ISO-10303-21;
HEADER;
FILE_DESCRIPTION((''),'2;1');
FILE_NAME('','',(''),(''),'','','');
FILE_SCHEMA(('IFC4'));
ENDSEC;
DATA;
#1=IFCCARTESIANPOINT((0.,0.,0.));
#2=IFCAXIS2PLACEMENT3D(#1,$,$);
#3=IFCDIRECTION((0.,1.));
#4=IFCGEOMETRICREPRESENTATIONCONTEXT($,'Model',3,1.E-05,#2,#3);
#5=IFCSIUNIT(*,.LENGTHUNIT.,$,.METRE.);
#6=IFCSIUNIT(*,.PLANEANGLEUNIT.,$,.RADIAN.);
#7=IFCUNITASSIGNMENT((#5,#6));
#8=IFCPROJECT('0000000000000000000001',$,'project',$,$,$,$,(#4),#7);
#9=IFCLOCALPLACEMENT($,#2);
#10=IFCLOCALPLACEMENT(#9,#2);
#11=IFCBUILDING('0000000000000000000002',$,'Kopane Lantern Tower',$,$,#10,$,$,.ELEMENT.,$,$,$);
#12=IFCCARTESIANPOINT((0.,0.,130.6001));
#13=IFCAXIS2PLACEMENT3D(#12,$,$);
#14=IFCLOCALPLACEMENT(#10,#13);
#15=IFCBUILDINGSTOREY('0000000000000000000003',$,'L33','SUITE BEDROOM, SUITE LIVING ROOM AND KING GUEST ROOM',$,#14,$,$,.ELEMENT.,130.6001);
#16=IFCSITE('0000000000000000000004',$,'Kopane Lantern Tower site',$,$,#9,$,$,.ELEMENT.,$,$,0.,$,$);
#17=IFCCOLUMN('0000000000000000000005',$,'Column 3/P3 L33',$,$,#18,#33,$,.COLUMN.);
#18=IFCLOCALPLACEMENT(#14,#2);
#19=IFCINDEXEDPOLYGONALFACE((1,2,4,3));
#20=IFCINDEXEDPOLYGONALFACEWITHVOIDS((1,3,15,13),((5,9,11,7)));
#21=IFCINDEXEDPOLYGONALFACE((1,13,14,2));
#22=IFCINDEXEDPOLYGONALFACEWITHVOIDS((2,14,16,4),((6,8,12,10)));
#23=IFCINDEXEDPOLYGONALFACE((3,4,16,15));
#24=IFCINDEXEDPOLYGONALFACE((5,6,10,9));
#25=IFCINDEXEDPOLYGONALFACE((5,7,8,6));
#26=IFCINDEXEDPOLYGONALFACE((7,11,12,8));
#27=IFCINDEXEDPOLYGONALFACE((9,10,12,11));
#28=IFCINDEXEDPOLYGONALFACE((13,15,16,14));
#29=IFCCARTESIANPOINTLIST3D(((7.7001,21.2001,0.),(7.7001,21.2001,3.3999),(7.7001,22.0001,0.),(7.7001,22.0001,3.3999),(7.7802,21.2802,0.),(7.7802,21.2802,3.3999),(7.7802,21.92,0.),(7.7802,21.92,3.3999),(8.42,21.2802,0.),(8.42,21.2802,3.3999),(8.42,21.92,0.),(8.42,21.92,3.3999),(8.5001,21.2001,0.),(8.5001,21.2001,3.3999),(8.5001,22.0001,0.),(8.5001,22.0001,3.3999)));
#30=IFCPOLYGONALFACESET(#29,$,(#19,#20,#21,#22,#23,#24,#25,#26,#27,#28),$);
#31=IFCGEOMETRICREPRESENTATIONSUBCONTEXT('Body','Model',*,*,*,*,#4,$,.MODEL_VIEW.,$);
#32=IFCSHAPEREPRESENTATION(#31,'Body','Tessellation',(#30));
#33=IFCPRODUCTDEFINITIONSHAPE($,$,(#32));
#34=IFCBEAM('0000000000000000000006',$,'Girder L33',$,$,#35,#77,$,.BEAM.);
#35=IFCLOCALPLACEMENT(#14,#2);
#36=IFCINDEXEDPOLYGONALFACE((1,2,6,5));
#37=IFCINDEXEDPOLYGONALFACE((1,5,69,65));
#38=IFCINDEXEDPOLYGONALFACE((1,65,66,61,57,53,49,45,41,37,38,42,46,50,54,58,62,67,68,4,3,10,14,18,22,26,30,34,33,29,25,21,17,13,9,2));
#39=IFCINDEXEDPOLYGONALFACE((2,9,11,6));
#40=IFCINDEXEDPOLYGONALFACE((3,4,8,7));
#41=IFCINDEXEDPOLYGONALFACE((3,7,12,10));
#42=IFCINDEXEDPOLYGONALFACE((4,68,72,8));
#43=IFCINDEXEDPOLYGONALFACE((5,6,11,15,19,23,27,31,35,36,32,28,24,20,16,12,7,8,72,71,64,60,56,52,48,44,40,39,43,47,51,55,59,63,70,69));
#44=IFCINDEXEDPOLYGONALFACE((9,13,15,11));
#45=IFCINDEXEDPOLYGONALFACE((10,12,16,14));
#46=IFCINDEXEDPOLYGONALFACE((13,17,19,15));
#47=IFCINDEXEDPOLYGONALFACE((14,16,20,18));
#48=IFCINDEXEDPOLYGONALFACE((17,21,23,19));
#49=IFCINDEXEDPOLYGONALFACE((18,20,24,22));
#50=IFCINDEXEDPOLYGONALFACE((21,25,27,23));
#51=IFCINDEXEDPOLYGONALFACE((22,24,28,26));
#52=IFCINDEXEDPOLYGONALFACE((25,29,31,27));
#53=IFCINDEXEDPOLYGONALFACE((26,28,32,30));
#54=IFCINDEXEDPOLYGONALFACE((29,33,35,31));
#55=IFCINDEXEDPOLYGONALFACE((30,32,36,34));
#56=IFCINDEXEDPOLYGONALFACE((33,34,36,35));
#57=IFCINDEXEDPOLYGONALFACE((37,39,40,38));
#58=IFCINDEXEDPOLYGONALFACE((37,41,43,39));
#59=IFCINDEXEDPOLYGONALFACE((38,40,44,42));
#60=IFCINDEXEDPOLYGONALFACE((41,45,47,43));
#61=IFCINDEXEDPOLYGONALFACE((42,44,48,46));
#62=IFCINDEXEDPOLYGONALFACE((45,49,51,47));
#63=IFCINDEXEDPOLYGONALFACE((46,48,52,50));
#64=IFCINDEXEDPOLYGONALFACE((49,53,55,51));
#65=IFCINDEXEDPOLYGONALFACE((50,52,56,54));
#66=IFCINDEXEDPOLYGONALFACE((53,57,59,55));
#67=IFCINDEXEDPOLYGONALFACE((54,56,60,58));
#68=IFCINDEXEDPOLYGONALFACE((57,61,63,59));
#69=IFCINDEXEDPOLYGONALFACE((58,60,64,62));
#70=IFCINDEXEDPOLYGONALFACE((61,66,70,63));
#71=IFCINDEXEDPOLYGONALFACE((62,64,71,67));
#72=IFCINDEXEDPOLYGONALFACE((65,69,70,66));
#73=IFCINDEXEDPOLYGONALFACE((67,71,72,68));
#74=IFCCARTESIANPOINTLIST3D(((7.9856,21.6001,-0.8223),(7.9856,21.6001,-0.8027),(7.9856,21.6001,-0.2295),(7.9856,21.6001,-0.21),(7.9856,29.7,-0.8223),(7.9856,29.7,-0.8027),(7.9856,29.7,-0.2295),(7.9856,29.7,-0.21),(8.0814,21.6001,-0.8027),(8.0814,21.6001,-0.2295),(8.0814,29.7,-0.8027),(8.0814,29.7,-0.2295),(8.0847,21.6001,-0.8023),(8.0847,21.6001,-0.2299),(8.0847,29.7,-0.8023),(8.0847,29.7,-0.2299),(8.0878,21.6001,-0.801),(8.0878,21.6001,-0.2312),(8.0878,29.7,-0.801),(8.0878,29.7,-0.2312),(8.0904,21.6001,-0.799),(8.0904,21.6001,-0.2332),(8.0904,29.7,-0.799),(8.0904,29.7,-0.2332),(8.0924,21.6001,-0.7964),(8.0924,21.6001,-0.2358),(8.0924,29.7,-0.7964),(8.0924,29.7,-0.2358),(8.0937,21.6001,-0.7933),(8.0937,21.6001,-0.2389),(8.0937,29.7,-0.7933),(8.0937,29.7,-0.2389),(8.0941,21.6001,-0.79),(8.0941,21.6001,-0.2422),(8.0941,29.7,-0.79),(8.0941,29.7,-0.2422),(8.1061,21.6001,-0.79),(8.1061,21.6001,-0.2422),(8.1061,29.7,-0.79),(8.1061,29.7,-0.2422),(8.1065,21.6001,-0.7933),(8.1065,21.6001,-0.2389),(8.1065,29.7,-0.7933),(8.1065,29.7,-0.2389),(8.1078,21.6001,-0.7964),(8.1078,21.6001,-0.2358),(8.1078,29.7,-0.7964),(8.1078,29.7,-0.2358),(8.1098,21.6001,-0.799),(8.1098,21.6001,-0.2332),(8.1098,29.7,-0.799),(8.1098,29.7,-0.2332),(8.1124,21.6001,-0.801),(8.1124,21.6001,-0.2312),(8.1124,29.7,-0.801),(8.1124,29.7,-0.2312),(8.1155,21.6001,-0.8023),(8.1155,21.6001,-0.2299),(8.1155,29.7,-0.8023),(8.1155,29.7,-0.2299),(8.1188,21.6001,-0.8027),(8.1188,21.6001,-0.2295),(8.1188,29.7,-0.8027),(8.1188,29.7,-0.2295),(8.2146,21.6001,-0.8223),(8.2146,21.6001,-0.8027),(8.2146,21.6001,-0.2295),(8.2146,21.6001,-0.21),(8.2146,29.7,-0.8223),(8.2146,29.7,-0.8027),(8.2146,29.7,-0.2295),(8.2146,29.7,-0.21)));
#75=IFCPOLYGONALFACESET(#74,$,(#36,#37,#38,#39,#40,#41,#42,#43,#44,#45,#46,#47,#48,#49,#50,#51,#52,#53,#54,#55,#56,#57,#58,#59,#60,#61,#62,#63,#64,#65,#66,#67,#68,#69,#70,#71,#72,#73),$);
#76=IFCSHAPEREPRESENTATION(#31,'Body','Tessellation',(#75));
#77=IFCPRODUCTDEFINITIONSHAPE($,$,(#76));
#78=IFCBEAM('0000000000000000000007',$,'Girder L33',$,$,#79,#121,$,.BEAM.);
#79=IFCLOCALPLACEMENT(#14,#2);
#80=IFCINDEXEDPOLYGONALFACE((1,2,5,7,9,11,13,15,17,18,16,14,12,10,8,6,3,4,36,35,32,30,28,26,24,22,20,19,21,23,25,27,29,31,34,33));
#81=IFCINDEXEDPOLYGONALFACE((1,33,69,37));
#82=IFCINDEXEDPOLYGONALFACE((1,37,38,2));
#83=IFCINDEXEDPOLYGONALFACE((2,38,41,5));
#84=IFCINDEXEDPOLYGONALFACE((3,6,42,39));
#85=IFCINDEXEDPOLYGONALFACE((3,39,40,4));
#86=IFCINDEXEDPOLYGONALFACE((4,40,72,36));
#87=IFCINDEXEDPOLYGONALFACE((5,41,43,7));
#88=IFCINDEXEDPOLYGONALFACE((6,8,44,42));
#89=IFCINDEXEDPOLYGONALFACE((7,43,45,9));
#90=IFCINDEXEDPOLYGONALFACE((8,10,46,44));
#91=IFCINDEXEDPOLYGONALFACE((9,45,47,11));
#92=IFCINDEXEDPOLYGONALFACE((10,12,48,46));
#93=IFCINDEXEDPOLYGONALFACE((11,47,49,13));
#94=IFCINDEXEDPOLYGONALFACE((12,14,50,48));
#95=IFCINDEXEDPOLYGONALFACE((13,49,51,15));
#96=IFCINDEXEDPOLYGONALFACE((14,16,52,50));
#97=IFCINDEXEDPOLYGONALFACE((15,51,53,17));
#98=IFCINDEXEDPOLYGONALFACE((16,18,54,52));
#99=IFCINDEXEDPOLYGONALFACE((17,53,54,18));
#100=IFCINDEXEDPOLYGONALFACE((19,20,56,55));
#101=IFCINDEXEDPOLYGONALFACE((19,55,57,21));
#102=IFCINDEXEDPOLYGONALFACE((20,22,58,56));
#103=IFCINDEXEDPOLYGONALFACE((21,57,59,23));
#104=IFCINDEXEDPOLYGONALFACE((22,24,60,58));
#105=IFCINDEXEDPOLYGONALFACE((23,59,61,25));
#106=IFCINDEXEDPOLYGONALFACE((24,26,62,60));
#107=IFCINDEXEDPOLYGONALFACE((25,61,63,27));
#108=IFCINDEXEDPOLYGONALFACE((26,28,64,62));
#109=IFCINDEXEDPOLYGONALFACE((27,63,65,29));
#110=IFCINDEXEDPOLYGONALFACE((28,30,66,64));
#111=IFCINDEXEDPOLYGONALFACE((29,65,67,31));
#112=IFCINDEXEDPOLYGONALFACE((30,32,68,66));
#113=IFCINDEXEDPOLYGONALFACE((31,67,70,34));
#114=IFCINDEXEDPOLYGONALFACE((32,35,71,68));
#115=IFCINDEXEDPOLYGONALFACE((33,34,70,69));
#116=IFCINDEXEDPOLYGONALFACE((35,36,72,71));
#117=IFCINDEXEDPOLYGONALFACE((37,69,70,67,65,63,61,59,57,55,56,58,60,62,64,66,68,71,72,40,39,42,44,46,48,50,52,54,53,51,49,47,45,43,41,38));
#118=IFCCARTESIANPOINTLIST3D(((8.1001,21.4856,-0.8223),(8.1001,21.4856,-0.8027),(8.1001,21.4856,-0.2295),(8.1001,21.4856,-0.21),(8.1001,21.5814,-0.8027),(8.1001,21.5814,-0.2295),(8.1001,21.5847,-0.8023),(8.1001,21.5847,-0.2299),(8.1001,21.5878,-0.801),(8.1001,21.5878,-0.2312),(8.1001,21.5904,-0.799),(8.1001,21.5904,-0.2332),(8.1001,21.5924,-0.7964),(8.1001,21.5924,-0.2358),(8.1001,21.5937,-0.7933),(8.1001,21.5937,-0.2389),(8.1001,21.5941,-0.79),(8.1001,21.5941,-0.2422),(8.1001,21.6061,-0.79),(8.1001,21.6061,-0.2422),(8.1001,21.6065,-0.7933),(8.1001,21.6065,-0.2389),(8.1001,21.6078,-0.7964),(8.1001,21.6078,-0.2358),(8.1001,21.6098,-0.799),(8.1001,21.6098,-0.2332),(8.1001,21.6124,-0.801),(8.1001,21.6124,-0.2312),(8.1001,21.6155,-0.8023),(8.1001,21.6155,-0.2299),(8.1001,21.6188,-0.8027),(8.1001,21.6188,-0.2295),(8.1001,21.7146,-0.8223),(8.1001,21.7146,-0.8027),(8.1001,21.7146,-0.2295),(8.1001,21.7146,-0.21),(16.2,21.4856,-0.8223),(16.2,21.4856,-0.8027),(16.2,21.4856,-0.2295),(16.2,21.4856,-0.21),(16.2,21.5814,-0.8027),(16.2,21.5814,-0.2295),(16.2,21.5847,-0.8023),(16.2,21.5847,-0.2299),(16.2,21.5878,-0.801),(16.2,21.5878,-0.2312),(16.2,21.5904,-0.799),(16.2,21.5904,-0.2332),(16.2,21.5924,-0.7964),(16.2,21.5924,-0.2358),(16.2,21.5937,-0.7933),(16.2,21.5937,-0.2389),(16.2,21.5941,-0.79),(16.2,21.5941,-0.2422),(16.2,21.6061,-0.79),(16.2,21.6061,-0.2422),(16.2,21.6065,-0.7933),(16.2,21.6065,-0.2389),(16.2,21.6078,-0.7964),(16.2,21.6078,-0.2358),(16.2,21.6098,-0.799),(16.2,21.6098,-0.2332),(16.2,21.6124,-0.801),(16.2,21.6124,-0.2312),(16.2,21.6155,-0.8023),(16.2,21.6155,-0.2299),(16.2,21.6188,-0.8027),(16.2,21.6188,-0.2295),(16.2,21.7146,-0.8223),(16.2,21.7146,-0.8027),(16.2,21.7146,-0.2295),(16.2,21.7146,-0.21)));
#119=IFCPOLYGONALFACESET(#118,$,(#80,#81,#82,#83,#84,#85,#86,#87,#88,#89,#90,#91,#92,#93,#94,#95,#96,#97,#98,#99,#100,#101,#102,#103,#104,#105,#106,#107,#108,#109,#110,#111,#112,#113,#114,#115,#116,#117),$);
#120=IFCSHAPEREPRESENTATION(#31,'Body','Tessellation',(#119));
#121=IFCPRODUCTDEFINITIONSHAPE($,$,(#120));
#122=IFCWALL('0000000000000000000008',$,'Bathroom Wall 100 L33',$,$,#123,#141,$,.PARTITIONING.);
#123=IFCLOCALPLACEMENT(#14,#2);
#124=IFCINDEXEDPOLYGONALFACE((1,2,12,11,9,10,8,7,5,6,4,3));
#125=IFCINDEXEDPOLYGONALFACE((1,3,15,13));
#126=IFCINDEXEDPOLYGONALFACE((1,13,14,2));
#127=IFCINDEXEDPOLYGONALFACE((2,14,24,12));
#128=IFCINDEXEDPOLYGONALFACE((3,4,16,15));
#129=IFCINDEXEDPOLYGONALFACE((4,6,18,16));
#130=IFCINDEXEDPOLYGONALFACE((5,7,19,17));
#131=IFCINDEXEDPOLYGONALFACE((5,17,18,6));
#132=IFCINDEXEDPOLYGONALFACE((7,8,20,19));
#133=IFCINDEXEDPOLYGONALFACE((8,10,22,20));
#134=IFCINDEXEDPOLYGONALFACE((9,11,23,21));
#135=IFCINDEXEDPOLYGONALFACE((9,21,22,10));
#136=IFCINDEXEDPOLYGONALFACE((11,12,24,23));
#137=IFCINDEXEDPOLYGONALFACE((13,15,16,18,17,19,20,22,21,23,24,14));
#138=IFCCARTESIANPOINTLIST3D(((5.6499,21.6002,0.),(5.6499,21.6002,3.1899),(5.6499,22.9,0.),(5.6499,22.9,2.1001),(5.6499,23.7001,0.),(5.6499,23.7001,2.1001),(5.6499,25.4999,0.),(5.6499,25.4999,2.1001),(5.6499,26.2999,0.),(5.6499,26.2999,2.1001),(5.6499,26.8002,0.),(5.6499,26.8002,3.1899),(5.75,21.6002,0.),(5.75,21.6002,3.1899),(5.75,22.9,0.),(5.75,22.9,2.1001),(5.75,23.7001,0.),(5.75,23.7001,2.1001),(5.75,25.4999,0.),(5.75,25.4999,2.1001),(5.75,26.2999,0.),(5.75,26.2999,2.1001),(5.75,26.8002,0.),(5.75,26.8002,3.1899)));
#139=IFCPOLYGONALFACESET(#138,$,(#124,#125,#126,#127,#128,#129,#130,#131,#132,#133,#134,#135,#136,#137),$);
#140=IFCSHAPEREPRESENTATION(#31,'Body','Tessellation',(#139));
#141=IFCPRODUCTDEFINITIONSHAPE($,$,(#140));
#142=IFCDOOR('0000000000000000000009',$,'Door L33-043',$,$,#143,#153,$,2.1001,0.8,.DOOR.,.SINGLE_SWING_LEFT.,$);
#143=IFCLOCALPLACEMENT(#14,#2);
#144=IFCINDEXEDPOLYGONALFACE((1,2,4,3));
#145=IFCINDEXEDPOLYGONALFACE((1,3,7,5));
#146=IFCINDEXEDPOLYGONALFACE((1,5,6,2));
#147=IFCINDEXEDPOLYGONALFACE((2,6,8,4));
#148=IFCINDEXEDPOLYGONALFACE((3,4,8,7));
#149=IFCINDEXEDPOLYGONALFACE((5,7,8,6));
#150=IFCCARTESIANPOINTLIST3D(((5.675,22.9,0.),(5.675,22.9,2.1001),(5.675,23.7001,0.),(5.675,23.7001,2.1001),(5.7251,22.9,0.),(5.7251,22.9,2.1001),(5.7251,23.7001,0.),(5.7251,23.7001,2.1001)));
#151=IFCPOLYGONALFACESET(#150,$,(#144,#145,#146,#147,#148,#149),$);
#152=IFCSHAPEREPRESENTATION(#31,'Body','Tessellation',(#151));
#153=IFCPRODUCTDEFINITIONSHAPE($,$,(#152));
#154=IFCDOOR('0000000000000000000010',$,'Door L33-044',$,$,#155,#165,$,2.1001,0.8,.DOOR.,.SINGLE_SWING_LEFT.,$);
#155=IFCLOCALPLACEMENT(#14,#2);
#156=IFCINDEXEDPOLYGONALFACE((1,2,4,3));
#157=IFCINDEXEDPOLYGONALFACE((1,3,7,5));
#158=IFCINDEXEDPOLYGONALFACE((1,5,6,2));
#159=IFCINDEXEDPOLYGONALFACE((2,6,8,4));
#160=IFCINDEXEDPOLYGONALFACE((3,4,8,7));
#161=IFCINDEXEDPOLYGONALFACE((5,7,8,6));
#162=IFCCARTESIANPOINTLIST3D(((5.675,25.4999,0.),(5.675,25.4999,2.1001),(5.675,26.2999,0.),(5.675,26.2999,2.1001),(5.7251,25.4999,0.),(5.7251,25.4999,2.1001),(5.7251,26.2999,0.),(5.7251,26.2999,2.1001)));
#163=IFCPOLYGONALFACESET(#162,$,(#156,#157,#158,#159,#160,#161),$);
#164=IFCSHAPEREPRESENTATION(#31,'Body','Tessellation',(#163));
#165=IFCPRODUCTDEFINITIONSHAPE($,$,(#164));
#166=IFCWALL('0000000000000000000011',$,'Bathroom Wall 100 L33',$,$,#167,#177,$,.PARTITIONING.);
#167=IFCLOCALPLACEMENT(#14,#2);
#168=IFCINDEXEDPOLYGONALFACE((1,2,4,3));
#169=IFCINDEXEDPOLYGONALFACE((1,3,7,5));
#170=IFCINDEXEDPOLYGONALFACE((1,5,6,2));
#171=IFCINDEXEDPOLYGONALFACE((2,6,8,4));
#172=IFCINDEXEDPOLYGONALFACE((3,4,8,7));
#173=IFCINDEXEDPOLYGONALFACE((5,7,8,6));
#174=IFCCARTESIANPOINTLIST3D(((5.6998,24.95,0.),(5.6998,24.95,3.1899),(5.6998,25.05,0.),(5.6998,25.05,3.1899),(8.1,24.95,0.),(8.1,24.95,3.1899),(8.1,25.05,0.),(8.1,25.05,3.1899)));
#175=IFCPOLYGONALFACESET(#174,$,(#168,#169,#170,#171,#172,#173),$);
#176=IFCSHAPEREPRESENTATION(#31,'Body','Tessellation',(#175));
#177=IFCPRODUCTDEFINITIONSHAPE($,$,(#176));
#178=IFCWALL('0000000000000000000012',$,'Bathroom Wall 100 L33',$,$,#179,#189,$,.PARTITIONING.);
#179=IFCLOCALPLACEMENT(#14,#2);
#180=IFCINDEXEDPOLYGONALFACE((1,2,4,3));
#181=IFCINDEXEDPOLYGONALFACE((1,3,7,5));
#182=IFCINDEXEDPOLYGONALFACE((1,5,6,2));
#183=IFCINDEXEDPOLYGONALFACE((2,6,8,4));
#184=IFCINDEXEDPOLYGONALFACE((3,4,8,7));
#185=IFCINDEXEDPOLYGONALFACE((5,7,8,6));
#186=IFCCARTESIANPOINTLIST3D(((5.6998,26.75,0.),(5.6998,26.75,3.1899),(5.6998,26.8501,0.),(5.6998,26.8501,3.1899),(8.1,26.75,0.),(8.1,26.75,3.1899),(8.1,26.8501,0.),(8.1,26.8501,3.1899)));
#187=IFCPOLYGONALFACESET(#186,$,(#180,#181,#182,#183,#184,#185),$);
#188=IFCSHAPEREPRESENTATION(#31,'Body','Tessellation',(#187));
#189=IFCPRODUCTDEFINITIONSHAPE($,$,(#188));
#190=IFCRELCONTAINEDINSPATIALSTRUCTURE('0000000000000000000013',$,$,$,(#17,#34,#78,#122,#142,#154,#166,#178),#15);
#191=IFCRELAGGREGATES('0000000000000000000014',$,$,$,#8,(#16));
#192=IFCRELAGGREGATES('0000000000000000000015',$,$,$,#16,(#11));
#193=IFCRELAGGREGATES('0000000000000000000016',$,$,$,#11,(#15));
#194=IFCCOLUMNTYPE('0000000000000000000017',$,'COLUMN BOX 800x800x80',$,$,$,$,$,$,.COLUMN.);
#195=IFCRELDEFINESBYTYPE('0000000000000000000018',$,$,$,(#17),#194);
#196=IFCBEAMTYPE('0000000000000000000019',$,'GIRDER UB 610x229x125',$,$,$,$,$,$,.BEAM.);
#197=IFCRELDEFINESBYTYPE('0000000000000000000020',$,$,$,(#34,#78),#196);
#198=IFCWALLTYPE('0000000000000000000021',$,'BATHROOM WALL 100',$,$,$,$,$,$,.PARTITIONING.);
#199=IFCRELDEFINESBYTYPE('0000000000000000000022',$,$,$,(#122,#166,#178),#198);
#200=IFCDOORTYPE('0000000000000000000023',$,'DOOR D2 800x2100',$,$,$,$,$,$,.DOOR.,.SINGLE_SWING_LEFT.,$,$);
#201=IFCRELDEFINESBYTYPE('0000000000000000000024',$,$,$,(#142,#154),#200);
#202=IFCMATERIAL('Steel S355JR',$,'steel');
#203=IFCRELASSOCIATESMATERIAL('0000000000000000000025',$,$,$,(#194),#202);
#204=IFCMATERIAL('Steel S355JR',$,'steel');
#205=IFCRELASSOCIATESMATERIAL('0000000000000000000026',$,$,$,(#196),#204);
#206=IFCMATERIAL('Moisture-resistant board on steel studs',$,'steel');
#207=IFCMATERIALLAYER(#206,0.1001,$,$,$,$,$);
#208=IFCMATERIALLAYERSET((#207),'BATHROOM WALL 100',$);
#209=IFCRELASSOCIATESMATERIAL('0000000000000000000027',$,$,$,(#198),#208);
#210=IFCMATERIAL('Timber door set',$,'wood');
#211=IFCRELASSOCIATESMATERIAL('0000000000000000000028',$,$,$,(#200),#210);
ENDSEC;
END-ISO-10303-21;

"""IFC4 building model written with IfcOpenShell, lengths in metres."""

from ifc_helpers import new_model, si_unit, direction, frame, frame_2d, origin, origin_2d, place, context, subcontext, project, spatial, rectangle, hollow_rectangle, i_section, extrude, material, layer, layer_set, material_profile, profile_set, type_object, element, fill, save


model = new_model("IFC4")

# Units and contexts
model_context = context("Model", 3, precision=1e-05, world=origin(), true_north=direction((0.0, 1.0)))
body_context = subcontext(model_context, "Body", "Model", "MODEL_VIEW")
ifc_project = project(units=[si_unit("LENGTHUNIT", "METRE"), si_unit("PLANEANGLEUNIT", "RADIAN")], contexts=[model_context])

# Site, building, storey
site_placement = place(None, origin())
site = spatial("IfcSite", under=ifc_project, at=site_placement, Name="Kopane Lantern Tower site", CompositionType="ELEMENT", RefElevation=0.0)
building_placement = place(site_placement, origin())
building = spatial("IfcBuilding", under=site, at=building_placement, Name="Kopane Lantern Tower", CompositionType="ELEMENT")
storey_placement = place(building_placement, frame((0.0, 0.0, 130.6001)))
storey = spatial("IfcBuildingStorey", under=building, at=storey_placement, Name="L33", Description="SUITE BEDROOM, SUITE LIVING ROOM AND KING GUEST ROOM", CompositionType="ELEMENT", Elevation=130.6001)

# Column
ifc_material_1 = material(Name="Steel S355JR", Category="steel")
ifc_material_profile_1 = material_profile(ifc_material_1, hollow_rectangle(XDim=0.8, YDim=0.8, WallThickness=0.0801, at=origin_2d()), Name="BOX 800x800x80")
ifc_profile_set_1 = profile_set([ifc_material_profile_1], Name="Steel S355JR")
column_type = type_object("IfcColumnType", Name="COLUMN BOX 800x800x80", PredefinedType="COLUMN", material=ifc_profile_set_1)
column_placement = place(storey_placement, frame((8.1001, 21.6001, 0.0), z_axis=(0.0, 0.0, 1.0), x_axis=(1.0, 0.0, 0.0)))
element("IfcColumn", 1, at=column_placement, inside=storey, type_object=column_type, Name="Column 3/P3 L33", PredefinedType="COLUMN", context=body_context, shape_type="SweptSolid", body=[
    extrude(hollow_rectangle(XDim=0.8, YDim=0.8, WallThickness=0.0801, at=origin_2d()), origin(), (0.0, 0.0, 1.0), 3.3999),
])

# Beams
ifc_material_2 = material(Name="Steel S355JR", Category="steel")
ifc_material_profile_2 = material_profile(ifc_material_2, i_section(OverallWidth=0.229, OverallDepth=0.6123, WebThickness=0.012, FlangeThickness=0.0195, FilletRadius=0.0127, at=origin_2d()), Name="UB 610x229x125")
ifc_profile_set_2 = profile_set([ifc_material_profile_2], Name="Steel S355JR")
beam_type = type_object("IfcBeamType", Name="GIRDER UB 610x229x125", PredefinedType="BEAM", material=ifc_profile_set_2)
for number, where, z_axis, x_axis, name in (
    (2, (8.1001, 21.6001, -0.5161), (0.0, 1.0, 0.0), (-1.0, 0.0, 0.0), "Girder L33"),
    (3, (8.1001, 21.6001, -0.5161), (1.0, 0.0, 0.0), (0.0, 1.0, 0.0), "Girder L33"),
):
    element("IfcBeam", number, at=place(storey_placement, frame(where, z_axis=z_axis, x_axis=x_axis)), inside=storey, type_object=beam_type, Name=name, PredefinedType="BEAM", context=body_context, shape_type="SweptSolid", body=[
        extrude(i_section(OverallWidth=0.229, OverallDepth=0.6123, WebThickness=0.012, FlangeThickness=0.0195, FilletRadius=0.0127, at=origin_2d()), origin(), (0.0, 0.0, 1.0), 8.0999),
    ])

# Wall, openings, doors
ifc_material_3 = material(Name="Moisture-resistant board on steel studs", Category="steel")
ifc_layer_1 = layer(ifc_material_3, 0.1001)
ifc_layer_set_1 = layer_set([ifc_layer_1], Name="BATHROOM WALL 100")
wall_type_1 = type_object("IfcWallType", Name="BATHROOM WALL 100", PredefinedType="PARTITIONING", material=ifc_layer_set_1)
wall_1_placement = place(storey_placement, frame((5.7, 21.6001, 0.0), z_axis=(0.0, 0.0, 1.0), x_axis=(0.0, 1.0, 0.0)))
wall_1 = element("IfcWall", 4, at=wall_1_placement, inside=storey, type_object=wall_type_1, Name="Bathroom Wall 100 L33", PredefinedType="PARTITIONING", context=body_context, shape_type="SweptSolid", body=[
    extrude(rectangle(XDim=5.2, YDim=0.1001, at=frame_2d((2.6001, 0.0))), origin(), (0.0, 0.0, 1.0), 3.1899),
])
opening_1_placement = place(wall_1_placement, frame((1.3, 0.0, 0.0)))
opening_1 = element("IfcOpeningElement", 5, at=opening_1_placement, cuts=wall_1, PredefinedType="OPENING", context=body_context, shape_type="SweptSolid", body=[
    extrude(rectangle(XDim=0.8, YDim=2.1001, at=frame_2d((0.3999, 1.05))), frame((0.0, 0.0601, 0.0), z_axis=(0.0, -1.0, 0.0), x_axis=(1.0, 0.0, 0.0)), (0.0, 0.0, 1.0), 0.1201),
])
opening_2_placement = place(wall_1_placement, frame((3.8999, 0.0, 0.0)))
opening_2 = element("IfcOpeningElement", 6, at=opening_2_placement, cuts=wall_1, PredefinedType="OPENING", context=body_context, shape_type="SweptSolid", body=[
    extrude(rectangle(XDim=0.8, YDim=2.1001, at=frame_2d((0.3999, 1.05))), frame((0.0, 0.0601, 0.0), z_axis=(0.0, -1.0, 0.0), x_axis=(1.0, 0.0, 0.0)), (0.0, 0.0, 1.0), 0.1201),
])
ifc_material_4 = material(Name="Timber door set", Category="wood")
door_type_1 = type_object("IfcDoorType", Name="DOOR D2 800x2100", OperationType="SINGLE_SWING_LEFT", PredefinedType="DOOR", material=ifc_material_4)
door_1_placement = place(opening_1_placement, origin())
door_1 = element("IfcDoor", 7, at=door_1_placement, inside=storey, type_object=door_type_1, Name="Door L33-043", OperationType="SINGLE_SWING_LEFT", OverallHeight=2.1001, OverallWidth=0.8, PredefinedType="DOOR", context=body_context, shape_type="SweptSolid", body=[
    extrude(rectangle(XDim=0.8, YDim=2.1001, at=frame_2d((0.3999, 1.05))), frame((0.0, 0.0249, 0.0), z_axis=(0.0, -1.0, 0.0), x_axis=(1.0, 0.0, 0.0)), (0.0, 0.0, 1.0), 0.05),
])
fill(opening_1, door_1)
door_2_placement = place(opening_2_placement, origin())
door_2 = element("IfcDoor", 8, at=door_2_placement, inside=storey, type_object=door_type_1, Name="Door L33-044", OperationType="SINGLE_SWING_LEFT", OverallHeight=2.1001, OverallWidth=0.8, PredefinedType="DOOR", context=body_context, shape_type="SweptSolid", body=[
    extrude(rectangle(XDim=0.8, YDim=2.1001, at=frame_2d((0.3999, 1.05))), frame((0.0, 0.0249, 0.0), z_axis=(0.0, -1.0, 0.0), x_axis=(1.0, 0.0, 0.0)), (0.0, 0.0, 1.0), 0.05),
])
fill(opening_2, door_2)

# Walls
for number, where, z_axis, x_axis, name in (
    (9, (8.1001, 25.0, 0.0), (0.0, 0.0, 1.0), (-1.0, 0.0, 0.0), "Bathroom Wall 100 L33"),
    (10, (8.1001, 26.8, 0.0), (0.0, 0.0, 1.0), (-1.0, 0.0, 0.0), "Bathroom Wall 100 L33"),
):
    element("IfcWall", number, at=place(storey_placement, frame(where, z_axis=z_axis, x_axis=x_axis)), inside=storey, type_object=wall_type_1, Name=name, PredefinedType="PARTITIONING", context=body_context, shape_type="SweptSolid", body=[
        extrude(rectangle(XDim=2.4001, YDim=0.1001, at=frame_2d((1.2002, 0.0))), origin(), (0.0, 0.0, 1.0), 3.1899),
    ])

save(model, "model.ifc")
